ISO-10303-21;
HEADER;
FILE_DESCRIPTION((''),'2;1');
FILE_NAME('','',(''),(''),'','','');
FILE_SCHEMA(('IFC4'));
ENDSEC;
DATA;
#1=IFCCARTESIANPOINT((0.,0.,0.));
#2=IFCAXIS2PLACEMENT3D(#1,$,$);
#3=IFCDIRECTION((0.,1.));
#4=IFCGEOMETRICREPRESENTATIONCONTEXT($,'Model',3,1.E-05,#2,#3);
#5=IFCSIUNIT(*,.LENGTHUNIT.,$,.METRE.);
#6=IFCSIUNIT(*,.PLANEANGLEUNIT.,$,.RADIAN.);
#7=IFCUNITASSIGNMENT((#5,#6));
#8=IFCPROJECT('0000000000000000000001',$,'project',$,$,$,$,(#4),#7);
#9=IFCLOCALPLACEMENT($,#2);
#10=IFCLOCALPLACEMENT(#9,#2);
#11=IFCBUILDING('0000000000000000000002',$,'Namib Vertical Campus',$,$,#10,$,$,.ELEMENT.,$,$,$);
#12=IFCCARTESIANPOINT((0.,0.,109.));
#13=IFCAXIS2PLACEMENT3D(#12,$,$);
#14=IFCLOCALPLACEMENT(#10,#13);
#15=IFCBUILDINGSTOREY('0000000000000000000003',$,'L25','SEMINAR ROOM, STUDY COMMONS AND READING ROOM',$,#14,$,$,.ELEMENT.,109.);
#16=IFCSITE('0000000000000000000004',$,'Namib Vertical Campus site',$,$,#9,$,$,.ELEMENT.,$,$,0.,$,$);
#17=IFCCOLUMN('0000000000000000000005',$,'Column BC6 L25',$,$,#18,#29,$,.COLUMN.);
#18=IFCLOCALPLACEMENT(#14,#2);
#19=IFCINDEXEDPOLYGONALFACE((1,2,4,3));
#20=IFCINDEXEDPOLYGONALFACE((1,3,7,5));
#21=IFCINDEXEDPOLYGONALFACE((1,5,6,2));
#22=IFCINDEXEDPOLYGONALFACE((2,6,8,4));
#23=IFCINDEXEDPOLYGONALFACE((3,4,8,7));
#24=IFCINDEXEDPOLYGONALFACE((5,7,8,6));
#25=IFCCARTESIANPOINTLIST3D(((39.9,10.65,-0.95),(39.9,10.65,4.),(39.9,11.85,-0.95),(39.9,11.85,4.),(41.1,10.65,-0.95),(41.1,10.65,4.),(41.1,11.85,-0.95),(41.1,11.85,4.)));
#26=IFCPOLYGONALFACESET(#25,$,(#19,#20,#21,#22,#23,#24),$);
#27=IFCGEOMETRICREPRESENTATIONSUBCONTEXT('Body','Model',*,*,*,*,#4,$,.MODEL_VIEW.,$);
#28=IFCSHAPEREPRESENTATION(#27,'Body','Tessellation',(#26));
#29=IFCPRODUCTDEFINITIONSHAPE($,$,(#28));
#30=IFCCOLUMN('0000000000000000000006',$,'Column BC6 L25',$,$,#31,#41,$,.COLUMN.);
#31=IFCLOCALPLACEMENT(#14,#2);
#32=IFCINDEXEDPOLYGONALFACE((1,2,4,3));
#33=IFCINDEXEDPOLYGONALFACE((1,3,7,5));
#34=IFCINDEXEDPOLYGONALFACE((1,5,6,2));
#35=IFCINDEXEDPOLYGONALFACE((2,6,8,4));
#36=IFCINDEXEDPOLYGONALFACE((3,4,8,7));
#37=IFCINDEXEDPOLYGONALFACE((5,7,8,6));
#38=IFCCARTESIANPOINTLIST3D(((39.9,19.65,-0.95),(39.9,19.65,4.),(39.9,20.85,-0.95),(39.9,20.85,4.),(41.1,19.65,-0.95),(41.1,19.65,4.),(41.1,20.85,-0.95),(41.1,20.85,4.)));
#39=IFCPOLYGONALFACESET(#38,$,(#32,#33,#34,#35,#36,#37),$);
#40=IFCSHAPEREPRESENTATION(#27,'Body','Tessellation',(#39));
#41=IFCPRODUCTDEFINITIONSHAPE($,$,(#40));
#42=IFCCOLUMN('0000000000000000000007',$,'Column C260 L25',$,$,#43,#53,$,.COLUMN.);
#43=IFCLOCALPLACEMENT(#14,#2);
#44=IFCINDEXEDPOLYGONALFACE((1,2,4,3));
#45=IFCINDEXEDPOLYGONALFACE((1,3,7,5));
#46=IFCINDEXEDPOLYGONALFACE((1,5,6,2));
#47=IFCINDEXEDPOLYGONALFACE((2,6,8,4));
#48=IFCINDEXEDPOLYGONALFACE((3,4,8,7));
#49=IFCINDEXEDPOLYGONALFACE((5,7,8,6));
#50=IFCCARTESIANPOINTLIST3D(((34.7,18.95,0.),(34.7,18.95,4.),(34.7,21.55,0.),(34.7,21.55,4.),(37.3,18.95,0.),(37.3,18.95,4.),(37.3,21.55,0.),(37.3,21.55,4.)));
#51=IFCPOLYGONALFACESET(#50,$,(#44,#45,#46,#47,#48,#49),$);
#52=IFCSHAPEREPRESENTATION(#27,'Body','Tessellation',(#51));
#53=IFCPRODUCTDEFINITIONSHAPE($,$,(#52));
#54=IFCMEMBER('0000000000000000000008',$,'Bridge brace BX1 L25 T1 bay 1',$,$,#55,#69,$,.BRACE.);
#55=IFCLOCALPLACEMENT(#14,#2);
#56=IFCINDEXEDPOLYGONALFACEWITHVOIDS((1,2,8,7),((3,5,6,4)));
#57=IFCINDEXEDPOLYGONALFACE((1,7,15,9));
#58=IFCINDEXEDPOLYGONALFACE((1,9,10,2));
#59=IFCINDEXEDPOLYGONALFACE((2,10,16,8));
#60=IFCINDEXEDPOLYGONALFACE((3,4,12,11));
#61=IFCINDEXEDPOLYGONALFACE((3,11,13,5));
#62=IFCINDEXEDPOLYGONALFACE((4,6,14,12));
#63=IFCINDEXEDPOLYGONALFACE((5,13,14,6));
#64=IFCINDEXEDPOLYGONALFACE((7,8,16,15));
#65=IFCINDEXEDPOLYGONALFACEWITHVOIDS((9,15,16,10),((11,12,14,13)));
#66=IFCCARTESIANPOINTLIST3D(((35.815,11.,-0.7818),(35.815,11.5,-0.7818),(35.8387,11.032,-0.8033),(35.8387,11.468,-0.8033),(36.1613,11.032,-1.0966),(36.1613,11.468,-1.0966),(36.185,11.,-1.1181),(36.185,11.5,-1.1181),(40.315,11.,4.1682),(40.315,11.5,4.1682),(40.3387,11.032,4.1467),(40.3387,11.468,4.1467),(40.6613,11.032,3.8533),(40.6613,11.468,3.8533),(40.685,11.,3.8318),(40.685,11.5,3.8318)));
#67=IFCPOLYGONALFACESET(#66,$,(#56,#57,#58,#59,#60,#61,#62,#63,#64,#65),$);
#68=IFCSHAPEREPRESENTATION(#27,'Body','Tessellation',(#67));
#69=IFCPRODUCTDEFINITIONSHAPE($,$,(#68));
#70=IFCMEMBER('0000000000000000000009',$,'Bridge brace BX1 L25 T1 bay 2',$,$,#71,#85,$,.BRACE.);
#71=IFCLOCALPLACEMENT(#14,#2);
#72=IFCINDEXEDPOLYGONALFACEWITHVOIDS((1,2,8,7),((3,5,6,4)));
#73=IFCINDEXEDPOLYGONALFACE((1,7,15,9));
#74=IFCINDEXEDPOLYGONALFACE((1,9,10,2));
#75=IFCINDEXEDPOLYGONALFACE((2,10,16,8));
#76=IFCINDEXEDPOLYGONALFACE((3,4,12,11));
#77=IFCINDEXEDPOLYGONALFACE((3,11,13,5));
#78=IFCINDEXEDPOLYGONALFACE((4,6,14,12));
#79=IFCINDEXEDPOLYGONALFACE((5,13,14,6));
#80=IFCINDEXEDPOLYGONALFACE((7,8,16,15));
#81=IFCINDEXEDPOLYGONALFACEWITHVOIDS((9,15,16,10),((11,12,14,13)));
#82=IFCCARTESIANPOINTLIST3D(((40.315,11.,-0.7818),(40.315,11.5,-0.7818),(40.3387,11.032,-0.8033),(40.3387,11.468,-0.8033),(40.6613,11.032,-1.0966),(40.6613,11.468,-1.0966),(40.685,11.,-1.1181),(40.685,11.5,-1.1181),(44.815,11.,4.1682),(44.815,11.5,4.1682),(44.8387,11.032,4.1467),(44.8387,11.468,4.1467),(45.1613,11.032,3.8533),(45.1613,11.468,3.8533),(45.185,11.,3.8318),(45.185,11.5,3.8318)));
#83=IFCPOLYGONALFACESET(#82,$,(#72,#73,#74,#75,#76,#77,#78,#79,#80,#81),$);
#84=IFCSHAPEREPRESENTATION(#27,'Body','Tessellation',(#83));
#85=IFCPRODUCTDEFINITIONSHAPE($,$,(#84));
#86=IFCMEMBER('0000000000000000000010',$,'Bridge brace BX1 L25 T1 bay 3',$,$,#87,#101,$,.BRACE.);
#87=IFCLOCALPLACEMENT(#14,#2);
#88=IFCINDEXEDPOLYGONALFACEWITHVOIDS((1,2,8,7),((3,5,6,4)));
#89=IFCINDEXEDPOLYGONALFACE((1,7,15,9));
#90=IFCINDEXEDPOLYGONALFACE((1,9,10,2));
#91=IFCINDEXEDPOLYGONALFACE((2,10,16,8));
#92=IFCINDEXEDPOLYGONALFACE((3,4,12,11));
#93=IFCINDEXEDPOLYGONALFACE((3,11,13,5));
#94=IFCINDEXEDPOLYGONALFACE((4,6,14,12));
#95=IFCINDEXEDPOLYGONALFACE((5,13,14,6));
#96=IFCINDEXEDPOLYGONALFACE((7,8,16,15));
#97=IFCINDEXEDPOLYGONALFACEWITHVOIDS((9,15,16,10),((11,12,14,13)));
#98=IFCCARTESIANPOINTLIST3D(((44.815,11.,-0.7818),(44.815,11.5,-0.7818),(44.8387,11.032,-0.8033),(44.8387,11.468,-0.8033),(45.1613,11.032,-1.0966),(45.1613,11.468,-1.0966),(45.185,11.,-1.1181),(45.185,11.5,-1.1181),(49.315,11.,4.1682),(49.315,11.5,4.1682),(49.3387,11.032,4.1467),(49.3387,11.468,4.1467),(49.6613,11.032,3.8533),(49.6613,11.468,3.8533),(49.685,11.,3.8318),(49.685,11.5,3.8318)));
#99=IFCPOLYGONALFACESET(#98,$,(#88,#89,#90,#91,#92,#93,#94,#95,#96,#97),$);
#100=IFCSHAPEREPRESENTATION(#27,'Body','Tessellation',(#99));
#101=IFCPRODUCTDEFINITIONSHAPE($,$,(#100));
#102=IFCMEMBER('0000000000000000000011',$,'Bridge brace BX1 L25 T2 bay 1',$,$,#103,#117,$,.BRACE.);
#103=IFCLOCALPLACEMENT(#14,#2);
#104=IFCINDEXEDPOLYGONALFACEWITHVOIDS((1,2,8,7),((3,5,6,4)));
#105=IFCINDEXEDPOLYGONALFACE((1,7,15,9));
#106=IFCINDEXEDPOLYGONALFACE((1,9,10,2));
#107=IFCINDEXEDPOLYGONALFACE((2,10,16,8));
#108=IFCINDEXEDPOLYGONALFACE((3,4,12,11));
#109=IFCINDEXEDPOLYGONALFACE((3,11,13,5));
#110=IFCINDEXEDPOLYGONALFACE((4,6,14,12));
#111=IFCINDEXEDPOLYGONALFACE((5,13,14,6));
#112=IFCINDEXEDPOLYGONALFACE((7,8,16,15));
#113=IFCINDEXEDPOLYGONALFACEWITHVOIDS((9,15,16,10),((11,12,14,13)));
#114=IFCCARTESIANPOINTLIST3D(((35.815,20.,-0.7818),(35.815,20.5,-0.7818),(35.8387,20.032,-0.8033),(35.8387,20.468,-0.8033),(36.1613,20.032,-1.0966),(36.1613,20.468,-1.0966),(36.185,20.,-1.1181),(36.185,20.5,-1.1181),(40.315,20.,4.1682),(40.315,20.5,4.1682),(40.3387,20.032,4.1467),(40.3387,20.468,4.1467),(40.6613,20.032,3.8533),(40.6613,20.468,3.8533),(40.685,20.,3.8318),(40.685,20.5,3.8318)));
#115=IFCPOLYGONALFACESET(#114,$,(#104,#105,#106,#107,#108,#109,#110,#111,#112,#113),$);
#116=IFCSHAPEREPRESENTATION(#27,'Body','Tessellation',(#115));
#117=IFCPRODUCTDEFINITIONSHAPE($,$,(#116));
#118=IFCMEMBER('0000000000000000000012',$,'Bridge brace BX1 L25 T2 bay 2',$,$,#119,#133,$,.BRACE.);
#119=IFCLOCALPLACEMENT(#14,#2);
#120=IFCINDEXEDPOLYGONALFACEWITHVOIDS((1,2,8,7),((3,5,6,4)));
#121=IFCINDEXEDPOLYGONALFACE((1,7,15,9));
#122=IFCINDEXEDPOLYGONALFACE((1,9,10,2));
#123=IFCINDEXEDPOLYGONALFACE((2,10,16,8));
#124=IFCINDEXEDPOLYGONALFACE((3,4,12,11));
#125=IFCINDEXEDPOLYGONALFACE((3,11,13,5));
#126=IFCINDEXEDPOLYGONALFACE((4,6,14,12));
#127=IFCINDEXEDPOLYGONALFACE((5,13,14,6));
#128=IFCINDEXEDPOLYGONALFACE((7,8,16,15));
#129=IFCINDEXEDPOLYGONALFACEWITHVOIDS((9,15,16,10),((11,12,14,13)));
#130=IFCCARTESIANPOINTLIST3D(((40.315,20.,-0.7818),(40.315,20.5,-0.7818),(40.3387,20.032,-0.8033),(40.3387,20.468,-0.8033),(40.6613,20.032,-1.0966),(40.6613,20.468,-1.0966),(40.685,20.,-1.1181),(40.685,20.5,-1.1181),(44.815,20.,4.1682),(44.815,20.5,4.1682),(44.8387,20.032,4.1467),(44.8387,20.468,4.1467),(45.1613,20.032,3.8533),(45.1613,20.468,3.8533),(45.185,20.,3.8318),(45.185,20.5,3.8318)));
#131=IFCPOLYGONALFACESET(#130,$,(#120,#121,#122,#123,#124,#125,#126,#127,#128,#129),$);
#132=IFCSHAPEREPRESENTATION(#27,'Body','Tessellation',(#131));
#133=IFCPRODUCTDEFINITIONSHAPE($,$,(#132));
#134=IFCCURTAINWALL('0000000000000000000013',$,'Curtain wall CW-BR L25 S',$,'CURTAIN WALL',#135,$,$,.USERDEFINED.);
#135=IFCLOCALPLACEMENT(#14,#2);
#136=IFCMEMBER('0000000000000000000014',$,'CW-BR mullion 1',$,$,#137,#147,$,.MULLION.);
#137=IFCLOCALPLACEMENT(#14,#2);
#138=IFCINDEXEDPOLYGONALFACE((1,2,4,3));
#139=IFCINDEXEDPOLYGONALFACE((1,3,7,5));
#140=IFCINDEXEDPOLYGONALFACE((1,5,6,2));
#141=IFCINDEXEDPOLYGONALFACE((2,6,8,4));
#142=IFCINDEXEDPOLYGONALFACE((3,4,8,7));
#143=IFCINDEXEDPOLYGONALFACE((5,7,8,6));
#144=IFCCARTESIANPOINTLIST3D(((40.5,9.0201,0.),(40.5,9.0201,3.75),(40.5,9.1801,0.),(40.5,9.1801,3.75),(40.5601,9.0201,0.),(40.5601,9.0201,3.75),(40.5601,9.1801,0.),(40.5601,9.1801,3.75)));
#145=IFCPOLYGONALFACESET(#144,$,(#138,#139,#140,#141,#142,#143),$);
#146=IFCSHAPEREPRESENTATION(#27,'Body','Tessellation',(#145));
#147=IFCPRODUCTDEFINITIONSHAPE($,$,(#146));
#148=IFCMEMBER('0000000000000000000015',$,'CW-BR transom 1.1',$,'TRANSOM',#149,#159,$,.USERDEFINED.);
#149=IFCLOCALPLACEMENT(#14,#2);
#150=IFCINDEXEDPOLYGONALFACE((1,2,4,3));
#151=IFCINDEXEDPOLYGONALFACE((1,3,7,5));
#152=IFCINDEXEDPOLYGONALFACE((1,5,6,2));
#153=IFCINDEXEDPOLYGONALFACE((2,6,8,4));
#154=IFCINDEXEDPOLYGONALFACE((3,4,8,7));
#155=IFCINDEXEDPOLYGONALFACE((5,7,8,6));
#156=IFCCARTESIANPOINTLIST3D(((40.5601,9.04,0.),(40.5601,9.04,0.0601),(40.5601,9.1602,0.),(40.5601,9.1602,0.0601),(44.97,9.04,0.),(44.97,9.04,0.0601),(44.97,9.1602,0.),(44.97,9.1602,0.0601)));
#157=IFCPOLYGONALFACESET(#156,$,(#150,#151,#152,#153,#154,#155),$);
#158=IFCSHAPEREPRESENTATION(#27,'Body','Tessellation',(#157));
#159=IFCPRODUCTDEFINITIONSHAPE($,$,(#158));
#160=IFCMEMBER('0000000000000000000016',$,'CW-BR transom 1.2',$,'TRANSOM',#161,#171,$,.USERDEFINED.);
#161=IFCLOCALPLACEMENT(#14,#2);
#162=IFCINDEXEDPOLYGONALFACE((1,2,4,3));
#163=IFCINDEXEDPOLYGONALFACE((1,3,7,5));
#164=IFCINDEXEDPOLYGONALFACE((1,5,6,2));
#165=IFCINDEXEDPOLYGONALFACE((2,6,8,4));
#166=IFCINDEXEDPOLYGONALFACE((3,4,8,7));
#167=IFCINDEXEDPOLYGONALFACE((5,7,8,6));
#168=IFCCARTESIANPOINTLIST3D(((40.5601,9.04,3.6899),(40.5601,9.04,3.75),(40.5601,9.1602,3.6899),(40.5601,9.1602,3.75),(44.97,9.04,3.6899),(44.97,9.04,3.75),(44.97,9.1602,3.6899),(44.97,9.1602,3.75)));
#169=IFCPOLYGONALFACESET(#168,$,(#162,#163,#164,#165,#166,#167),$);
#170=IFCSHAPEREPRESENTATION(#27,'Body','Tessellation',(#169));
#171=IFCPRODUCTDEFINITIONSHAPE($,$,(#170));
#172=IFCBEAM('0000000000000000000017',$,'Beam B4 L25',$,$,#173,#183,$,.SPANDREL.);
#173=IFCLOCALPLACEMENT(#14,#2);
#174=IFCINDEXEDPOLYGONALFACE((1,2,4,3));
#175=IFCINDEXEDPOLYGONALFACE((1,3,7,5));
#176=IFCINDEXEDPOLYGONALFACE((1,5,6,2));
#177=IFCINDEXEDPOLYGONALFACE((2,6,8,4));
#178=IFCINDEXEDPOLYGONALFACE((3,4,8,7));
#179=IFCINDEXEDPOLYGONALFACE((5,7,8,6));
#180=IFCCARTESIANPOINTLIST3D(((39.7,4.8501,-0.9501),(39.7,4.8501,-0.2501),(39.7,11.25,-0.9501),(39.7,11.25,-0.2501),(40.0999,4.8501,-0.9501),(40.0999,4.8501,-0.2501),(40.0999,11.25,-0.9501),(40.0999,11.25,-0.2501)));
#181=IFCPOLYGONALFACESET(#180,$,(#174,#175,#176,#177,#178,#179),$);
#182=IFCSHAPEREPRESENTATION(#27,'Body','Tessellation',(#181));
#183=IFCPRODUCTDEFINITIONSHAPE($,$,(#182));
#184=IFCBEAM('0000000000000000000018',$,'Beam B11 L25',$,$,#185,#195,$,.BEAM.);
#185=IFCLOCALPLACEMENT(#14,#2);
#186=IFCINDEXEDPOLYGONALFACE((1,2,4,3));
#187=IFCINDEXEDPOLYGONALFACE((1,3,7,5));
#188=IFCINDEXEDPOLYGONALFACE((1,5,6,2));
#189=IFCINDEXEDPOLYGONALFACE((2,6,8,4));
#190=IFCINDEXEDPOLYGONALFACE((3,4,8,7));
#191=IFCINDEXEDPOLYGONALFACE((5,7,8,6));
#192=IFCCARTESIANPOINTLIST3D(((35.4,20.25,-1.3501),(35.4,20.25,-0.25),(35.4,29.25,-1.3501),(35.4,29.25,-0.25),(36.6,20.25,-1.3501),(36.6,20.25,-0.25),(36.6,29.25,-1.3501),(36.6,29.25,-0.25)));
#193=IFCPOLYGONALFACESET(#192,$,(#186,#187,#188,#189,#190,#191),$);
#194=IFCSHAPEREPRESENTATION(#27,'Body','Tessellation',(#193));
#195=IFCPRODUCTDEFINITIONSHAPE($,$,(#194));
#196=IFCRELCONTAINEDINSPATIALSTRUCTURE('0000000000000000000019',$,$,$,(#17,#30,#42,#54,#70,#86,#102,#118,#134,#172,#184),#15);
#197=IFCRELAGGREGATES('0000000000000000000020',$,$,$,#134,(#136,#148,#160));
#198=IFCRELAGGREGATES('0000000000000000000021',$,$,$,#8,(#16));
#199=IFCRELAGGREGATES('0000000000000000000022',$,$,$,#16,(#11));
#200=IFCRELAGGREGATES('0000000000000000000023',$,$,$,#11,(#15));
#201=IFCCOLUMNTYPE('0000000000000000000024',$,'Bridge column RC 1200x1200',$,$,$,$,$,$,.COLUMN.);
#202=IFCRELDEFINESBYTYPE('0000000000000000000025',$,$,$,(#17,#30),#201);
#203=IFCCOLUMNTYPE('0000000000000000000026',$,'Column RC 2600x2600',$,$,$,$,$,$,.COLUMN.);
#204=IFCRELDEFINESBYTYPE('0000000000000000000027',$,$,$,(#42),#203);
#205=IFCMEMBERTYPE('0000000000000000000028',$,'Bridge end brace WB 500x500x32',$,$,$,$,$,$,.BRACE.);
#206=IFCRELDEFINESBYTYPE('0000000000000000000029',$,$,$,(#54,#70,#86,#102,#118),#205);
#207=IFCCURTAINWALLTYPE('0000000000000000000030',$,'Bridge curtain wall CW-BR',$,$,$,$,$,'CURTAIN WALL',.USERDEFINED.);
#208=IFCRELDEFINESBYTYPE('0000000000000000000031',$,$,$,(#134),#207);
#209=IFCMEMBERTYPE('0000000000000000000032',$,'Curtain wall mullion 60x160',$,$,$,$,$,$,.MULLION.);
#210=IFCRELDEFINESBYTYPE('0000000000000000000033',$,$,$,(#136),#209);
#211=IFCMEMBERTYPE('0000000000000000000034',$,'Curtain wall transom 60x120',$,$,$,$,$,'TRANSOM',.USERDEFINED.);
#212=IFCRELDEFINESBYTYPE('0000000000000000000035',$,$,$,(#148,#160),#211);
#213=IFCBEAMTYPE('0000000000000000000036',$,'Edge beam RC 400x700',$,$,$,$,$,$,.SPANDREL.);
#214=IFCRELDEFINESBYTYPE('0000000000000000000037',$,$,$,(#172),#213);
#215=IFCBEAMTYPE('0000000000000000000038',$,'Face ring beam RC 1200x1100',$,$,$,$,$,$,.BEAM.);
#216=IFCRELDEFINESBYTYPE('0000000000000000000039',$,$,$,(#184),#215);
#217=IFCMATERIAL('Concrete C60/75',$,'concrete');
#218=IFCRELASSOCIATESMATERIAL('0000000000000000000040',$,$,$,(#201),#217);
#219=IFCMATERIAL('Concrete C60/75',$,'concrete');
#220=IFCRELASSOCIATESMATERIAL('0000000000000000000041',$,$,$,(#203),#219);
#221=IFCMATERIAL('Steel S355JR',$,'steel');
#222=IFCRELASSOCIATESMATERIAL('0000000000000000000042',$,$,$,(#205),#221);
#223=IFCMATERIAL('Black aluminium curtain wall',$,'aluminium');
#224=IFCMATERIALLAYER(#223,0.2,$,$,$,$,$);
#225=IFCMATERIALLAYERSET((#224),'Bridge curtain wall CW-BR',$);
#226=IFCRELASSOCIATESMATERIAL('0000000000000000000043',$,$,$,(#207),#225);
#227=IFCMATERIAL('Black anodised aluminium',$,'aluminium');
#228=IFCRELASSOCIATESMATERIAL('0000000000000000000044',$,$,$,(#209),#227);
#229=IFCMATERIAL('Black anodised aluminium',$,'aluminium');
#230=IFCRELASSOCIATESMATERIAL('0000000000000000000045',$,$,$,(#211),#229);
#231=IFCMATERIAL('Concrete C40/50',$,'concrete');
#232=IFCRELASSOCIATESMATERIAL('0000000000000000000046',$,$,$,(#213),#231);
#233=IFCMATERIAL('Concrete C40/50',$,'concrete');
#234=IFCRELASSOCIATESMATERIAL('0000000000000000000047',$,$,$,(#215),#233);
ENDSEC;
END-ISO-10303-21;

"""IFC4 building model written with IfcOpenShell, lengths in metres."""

from ifc_helpers import new_model, si_unit, direction, frame, origin, origin_2d, place, context, subcontext, project, spatial, rectangle, hollow_rectangle, extrude, material, layer, layer_set, material_profile, profile_set, type_object, element, aggregate, save


model = new_model("IFC4")

# Units and contexts
model_context = context("Model", 3, precision=1e-05, world=origin(), true_north=direction((0.0, 1.0)))
body_context = subcontext(model_context, "Body", "Model", "MODEL_VIEW")
ifc_project = project(units=[si_unit("LENGTHUNIT", "METRE"), si_unit("PLANEANGLEUNIT", "RADIAN")], contexts=[model_context])

# Site, building, storey
site_placement = place(None, origin())
site = spatial("IfcSite", under=ifc_project, at=site_placement, Name="Namib Vertical Campus site", CompositionType="ELEMENT", RefElevation=0.0)
building_placement = place(site_placement, origin())
building = spatial("IfcBuilding", under=site, at=building_placement, Name="Namib Vertical Campus", CompositionType="ELEMENT")
storey_placement = place(building_placement, frame((0.0, 0.0, 109.0)))
storey = spatial("IfcBuildingStorey", under=building, at=storey_placement, Name="L25", Description="SEMINAR ROOM, STUDY COMMONS AND READING ROOM", CompositionType="ELEMENT", Elevation=109.0)

# Columns
ifc_material_1 = material(Name="Concrete C60/75", Category="concrete")
ifc_material_profile_1 = material_profile(ifc_material_1, rectangle(XDim=1.2, YDim=1.2, at=origin_2d()))
ifc_profile_set_1 = profile_set([ifc_material_profile_1], Name="Concrete C60/75")
column_type_1 = type_object("IfcColumnType", Name="Bridge column RC 1200x1200", PredefinedType="COLUMN", material=ifc_profile_set_1)
for number, where, z_axis, x_axis, name in (
    (1, (40.5, 11.25, -0.95), (0.0, 0.0, 1.0), (1.0, 0.0, 0.0), "Column BC6 L25"),
    (2, (40.5, 20.25, -0.95), (0.0, 0.0, 1.0), (1.0, 0.0, 0.0), "Column BC6 L25"),
):
    element("IfcColumn", number, at=place(storey_placement, frame(where, z_axis=z_axis, x_axis=x_axis)), inside=storey, type_object=column_type_1, Name=name, PredefinedType="COLUMN", context=body_context, shape_type="SweptSolid", body=[
        extrude(rectangle(XDim=1.2, YDim=1.2, at=origin_2d()), origin(), (0.0, 0.0, 1.0), 4.95),
    ])
ifc_material_2 = material(Name="Concrete C60/75", Category="concrete")
ifc_material_profile_2 = material_profile(ifc_material_2, rectangle(XDim=2.6001, YDim=2.6001, at=origin_2d()))
ifc_profile_set_2 = profile_set([ifc_material_profile_2], Name="Concrete C60/75")
column_type_2 = type_object("IfcColumnType", Name="Column RC 2600x2600", PredefinedType="COLUMN", material=ifc_profile_set_2)
column_placement = place(storey_placement, frame((36.0, 20.25, 0.0), z_axis=(0.0, 0.0, 1.0), x_axis=(1.0, 0.0, 0.0)))
element("IfcColumn", 3, at=column_placement, inside=storey, type_object=column_type_2, Name="Column C260 L25", PredefinedType="COLUMN", context=body_context, shape_type="SweptSolid", body=[
    extrude(rectangle(XDim=2.6001, YDim=2.6001, at=origin_2d()), origin(), (0.0, 0.0, 1.0), 4.0),
])

# Members
ifc_material_3 = material(Name="Steel S355JR", Category="steel")
ifc_material_profile_3 = material_profile(ifc_material_3, hollow_rectangle(XDim=0.5, YDim=0.5, WallThickness=0.032, at=origin_2d()))
ifc_profile_set_3 = profile_set([ifc_material_profile_3], Name="Steel S355JR")
member_type_1 = type_object("IfcMemberType", Name="Bridge end brace WB 500x500x32", PredefinedType="BRACE", material=ifc_profile_set_3)
for number, where, z_axis, x_axis, name in (
    (4, (36.0, 11.25, -0.95), (0.672676, 0.0, 0.739937), (0.0, 1.0, 0.0), "Bridge brace BX1 L25 T1 bay 1"),
    (5, (40.5, 11.25, -0.95), (0.672676, 0.0, 0.739937), (0.0, 1.0, 0.0), "Bridge brace BX1 L25 T1 bay 2"),
    (6, (45.0, 11.25, -0.95), (0.672676, 0.0, 0.739937), (0.0, 1.0, 0.0), "Bridge brace BX1 L25 T1 bay 3"),
    (7, (36.0, 20.25, -0.95), (0.672676, 0.0, 0.739937), (0.0, 1.0, 0.0), "Bridge brace BX1 L25 T2 bay 1"),
    (8, (40.5, 20.25, -0.95), (0.672676, 0.0, 0.739937), (0.0, 1.0, 0.0), "Bridge brace BX1 L25 T2 bay 2"),
):
    element("IfcMember", number, at=place(storey_placement, frame(where, z_axis=z_axis, x_axis=x_axis)), inside=storey, type_object=member_type_1, Name=name, PredefinedType="BRACE", context=body_context, shape_type="SweptSolid", body=[
        extrude(hollow_rectangle(XDim=0.5, YDim=0.5, WallThickness=0.032, at=origin_2d()), origin(), (0.0, 0.0, 1.0), 6.6897),
    ])

# Curtain wall, members
ifc_material_4 = material(Name="Black aluminium curtain wall", Category="aluminium")
ifc_layer_1 = layer(ifc_material_4, 0.2)
ifc_layer_set_1 = layer_set([ifc_layer_1], Name="Bridge curtain wall CW-BR")
curtain_wall_type = type_object("IfcCurtainWallType", Name="Bridge curtain wall CW-BR", ElementType="CURTAIN WALL", PredefinedType="USERDEFINED", material=ifc_layer_set_1)
curtain_wall_placement = place(storey_placement, origin())
curtain_wall = element("IfcCurtainWall", 9, at=curtain_wall_placement, inside=storey, type_object=curtain_wall_type, Name="Curtain wall CW-BR L25 S", ObjectType="CURTAIN WALL", PredefinedType="USERDEFINED")
ifc_material_5 = material(Name="Black anodised aluminium", Category="aluminium")
ifc_material_profile_4 = material_profile(ifc_material_5, rectangle(XDim=0.0601, YDim=0.1599, at=origin_2d()))
ifc_profile_set_4 = profile_set([ifc_material_profile_4], Name="Black anodised aluminium")
member_type_2 = type_object("IfcMemberType", Name="Curtain wall mullion 60x160", PredefinedType="MULLION", material=ifc_profile_set_4)
member_1_placement = place(storey_placement, frame((40.53, 9.1001, 0.0), z_axis=(0.0, 0.0, 1.0), x_axis=(1.0, 0.0, 0.0)))
member_1 = element("IfcMember", 10, at=member_1_placement, type_object=member_type_2, Name="CW-BR mullion 1", PredefinedType="MULLION", context=body_context, shape_type="SweptSolid", body=[
    extrude(rectangle(XDim=0.0601, YDim=0.1599, at=origin_2d()), origin(), (0.0, 0.0, 1.0), 3.75),
])
ifc_material_6 = material(Name="Black anodised aluminium", Category="aluminium")
ifc_material_profile_5 = material_profile(ifc_material_6, rectangle(XDim=0.0601, YDim=0.1201, at=origin_2d()))
ifc_profile_set_5 = profile_set([ifc_material_profile_5], Name="Black anodised aluminium")
member_type_3 = type_object("IfcMemberType", Name="Curtain wall transom 60x120", ElementType="TRANSOM", PredefinedType="USERDEFINED", material=ifc_profile_set_5)
member_2_placement = place(storey_placement, frame((40.5601, 9.1001, 0.03), z_axis=(1.0, 0.0, 0.0), x_axis=(0.0, 0.0, 1.0)))
member_2 = element("IfcMember", 11, at=member_2_placement, type_object=member_type_3, Name="CW-BR transom 1.1", ObjectType="TRANSOM", PredefinedType="USERDEFINED", context=body_context, shape_type="SweptSolid", body=[
    extrude(rectangle(XDim=0.0601, YDim=0.1201, at=origin_2d()), origin(), (0.0, 0.0, 1.0), 4.4099),
])
member_3_placement = place(storey_placement, frame((40.5601, 9.1001, 3.72), z_axis=(1.0, 0.0, 0.0), x_axis=(0.0, 0.0, 1.0)))
member_3 = element("IfcMember", 12, at=member_3_placement, type_object=member_type_3, Name="CW-BR transom 1.2", ObjectType="TRANSOM", PredefinedType="USERDEFINED", context=body_context, shape_type="SweptSolid", body=[
    extrude(rectangle(XDim=0.0601, YDim=0.1201, at=origin_2d()), origin(), (0.0, 0.0, 1.0), 4.4099),
])

# Beams
ifc_material_7 = material(Name="Concrete C40/50", Category="concrete")
ifc_material_profile_6 = material_profile(ifc_material_7, rectangle(XDim=0.3999, YDim=0.7, at=origin_2d()))
ifc_profile_set_6 = profile_set([ifc_material_profile_6], Name="Concrete C40/50")
beam_type_1 = type_object("IfcBeamType", Name="Edge beam RC 400x700", PredefinedType="SPANDREL", material=ifc_profile_set_6)
beam_1_placement = place(storey_placement, frame((39.8999, 4.8501, -0.6001), z_axis=(0.0, 1.0, 0.0), x_axis=(-1.0, 0.0, 0.0)))
element("IfcBeam", 13, at=beam_1_placement, inside=storey, type_object=beam_type_1, Name="Beam B4 L25", PredefinedType="SPANDREL", context=body_context, shape_type="SweptSolid", body=[
    extrude(rectangle(XDim=0.3999, YDim=0.7, at=origin_2d()), origin(), (0.0, 0.0, 1.0), 6.3999),
])
ifc_material_8 = material(Name="Concrete C40/50", Category="concrete")
ifc_material_profile_7 = material_profile(ifc_material_8, rectangle(XDim=1.2, YDim=1.1001, at=origin_2d()))
ifc_profile_set_7 = profile_set([ifc_material_profile_7], Name="Concrete C40/50")
beam_type_2 = type_object("IfcBeamType", Name="Face ring beam RC 1200x1100", PredefinedType="BEAM", material=ifc_profile_set_7)
beam_2_placement = place(storey_placement, frame((36.0, 20.25, -0.8), z_axis=(0.0, 1.0, 0.0), x_axis=(-1.0, 0.0, 0.0)))
element("IfcBeam", 14, at=beam_2_placement, inside=storey, type_object=beam_type_2, Name="Beam B11 L25", PredefinedType="BEAM", context=body_context, shape_type="SweptSolid", body=[
    extrude(rectangle(XDim=1.2, YDim=1.1001, at=origin_2d()), origin(), (0.0, 0.0, 1.0), 9.0),
])

aggregate(curtain_wall, [member_1, member_2, member_3])

save(model, "model.ifc")
